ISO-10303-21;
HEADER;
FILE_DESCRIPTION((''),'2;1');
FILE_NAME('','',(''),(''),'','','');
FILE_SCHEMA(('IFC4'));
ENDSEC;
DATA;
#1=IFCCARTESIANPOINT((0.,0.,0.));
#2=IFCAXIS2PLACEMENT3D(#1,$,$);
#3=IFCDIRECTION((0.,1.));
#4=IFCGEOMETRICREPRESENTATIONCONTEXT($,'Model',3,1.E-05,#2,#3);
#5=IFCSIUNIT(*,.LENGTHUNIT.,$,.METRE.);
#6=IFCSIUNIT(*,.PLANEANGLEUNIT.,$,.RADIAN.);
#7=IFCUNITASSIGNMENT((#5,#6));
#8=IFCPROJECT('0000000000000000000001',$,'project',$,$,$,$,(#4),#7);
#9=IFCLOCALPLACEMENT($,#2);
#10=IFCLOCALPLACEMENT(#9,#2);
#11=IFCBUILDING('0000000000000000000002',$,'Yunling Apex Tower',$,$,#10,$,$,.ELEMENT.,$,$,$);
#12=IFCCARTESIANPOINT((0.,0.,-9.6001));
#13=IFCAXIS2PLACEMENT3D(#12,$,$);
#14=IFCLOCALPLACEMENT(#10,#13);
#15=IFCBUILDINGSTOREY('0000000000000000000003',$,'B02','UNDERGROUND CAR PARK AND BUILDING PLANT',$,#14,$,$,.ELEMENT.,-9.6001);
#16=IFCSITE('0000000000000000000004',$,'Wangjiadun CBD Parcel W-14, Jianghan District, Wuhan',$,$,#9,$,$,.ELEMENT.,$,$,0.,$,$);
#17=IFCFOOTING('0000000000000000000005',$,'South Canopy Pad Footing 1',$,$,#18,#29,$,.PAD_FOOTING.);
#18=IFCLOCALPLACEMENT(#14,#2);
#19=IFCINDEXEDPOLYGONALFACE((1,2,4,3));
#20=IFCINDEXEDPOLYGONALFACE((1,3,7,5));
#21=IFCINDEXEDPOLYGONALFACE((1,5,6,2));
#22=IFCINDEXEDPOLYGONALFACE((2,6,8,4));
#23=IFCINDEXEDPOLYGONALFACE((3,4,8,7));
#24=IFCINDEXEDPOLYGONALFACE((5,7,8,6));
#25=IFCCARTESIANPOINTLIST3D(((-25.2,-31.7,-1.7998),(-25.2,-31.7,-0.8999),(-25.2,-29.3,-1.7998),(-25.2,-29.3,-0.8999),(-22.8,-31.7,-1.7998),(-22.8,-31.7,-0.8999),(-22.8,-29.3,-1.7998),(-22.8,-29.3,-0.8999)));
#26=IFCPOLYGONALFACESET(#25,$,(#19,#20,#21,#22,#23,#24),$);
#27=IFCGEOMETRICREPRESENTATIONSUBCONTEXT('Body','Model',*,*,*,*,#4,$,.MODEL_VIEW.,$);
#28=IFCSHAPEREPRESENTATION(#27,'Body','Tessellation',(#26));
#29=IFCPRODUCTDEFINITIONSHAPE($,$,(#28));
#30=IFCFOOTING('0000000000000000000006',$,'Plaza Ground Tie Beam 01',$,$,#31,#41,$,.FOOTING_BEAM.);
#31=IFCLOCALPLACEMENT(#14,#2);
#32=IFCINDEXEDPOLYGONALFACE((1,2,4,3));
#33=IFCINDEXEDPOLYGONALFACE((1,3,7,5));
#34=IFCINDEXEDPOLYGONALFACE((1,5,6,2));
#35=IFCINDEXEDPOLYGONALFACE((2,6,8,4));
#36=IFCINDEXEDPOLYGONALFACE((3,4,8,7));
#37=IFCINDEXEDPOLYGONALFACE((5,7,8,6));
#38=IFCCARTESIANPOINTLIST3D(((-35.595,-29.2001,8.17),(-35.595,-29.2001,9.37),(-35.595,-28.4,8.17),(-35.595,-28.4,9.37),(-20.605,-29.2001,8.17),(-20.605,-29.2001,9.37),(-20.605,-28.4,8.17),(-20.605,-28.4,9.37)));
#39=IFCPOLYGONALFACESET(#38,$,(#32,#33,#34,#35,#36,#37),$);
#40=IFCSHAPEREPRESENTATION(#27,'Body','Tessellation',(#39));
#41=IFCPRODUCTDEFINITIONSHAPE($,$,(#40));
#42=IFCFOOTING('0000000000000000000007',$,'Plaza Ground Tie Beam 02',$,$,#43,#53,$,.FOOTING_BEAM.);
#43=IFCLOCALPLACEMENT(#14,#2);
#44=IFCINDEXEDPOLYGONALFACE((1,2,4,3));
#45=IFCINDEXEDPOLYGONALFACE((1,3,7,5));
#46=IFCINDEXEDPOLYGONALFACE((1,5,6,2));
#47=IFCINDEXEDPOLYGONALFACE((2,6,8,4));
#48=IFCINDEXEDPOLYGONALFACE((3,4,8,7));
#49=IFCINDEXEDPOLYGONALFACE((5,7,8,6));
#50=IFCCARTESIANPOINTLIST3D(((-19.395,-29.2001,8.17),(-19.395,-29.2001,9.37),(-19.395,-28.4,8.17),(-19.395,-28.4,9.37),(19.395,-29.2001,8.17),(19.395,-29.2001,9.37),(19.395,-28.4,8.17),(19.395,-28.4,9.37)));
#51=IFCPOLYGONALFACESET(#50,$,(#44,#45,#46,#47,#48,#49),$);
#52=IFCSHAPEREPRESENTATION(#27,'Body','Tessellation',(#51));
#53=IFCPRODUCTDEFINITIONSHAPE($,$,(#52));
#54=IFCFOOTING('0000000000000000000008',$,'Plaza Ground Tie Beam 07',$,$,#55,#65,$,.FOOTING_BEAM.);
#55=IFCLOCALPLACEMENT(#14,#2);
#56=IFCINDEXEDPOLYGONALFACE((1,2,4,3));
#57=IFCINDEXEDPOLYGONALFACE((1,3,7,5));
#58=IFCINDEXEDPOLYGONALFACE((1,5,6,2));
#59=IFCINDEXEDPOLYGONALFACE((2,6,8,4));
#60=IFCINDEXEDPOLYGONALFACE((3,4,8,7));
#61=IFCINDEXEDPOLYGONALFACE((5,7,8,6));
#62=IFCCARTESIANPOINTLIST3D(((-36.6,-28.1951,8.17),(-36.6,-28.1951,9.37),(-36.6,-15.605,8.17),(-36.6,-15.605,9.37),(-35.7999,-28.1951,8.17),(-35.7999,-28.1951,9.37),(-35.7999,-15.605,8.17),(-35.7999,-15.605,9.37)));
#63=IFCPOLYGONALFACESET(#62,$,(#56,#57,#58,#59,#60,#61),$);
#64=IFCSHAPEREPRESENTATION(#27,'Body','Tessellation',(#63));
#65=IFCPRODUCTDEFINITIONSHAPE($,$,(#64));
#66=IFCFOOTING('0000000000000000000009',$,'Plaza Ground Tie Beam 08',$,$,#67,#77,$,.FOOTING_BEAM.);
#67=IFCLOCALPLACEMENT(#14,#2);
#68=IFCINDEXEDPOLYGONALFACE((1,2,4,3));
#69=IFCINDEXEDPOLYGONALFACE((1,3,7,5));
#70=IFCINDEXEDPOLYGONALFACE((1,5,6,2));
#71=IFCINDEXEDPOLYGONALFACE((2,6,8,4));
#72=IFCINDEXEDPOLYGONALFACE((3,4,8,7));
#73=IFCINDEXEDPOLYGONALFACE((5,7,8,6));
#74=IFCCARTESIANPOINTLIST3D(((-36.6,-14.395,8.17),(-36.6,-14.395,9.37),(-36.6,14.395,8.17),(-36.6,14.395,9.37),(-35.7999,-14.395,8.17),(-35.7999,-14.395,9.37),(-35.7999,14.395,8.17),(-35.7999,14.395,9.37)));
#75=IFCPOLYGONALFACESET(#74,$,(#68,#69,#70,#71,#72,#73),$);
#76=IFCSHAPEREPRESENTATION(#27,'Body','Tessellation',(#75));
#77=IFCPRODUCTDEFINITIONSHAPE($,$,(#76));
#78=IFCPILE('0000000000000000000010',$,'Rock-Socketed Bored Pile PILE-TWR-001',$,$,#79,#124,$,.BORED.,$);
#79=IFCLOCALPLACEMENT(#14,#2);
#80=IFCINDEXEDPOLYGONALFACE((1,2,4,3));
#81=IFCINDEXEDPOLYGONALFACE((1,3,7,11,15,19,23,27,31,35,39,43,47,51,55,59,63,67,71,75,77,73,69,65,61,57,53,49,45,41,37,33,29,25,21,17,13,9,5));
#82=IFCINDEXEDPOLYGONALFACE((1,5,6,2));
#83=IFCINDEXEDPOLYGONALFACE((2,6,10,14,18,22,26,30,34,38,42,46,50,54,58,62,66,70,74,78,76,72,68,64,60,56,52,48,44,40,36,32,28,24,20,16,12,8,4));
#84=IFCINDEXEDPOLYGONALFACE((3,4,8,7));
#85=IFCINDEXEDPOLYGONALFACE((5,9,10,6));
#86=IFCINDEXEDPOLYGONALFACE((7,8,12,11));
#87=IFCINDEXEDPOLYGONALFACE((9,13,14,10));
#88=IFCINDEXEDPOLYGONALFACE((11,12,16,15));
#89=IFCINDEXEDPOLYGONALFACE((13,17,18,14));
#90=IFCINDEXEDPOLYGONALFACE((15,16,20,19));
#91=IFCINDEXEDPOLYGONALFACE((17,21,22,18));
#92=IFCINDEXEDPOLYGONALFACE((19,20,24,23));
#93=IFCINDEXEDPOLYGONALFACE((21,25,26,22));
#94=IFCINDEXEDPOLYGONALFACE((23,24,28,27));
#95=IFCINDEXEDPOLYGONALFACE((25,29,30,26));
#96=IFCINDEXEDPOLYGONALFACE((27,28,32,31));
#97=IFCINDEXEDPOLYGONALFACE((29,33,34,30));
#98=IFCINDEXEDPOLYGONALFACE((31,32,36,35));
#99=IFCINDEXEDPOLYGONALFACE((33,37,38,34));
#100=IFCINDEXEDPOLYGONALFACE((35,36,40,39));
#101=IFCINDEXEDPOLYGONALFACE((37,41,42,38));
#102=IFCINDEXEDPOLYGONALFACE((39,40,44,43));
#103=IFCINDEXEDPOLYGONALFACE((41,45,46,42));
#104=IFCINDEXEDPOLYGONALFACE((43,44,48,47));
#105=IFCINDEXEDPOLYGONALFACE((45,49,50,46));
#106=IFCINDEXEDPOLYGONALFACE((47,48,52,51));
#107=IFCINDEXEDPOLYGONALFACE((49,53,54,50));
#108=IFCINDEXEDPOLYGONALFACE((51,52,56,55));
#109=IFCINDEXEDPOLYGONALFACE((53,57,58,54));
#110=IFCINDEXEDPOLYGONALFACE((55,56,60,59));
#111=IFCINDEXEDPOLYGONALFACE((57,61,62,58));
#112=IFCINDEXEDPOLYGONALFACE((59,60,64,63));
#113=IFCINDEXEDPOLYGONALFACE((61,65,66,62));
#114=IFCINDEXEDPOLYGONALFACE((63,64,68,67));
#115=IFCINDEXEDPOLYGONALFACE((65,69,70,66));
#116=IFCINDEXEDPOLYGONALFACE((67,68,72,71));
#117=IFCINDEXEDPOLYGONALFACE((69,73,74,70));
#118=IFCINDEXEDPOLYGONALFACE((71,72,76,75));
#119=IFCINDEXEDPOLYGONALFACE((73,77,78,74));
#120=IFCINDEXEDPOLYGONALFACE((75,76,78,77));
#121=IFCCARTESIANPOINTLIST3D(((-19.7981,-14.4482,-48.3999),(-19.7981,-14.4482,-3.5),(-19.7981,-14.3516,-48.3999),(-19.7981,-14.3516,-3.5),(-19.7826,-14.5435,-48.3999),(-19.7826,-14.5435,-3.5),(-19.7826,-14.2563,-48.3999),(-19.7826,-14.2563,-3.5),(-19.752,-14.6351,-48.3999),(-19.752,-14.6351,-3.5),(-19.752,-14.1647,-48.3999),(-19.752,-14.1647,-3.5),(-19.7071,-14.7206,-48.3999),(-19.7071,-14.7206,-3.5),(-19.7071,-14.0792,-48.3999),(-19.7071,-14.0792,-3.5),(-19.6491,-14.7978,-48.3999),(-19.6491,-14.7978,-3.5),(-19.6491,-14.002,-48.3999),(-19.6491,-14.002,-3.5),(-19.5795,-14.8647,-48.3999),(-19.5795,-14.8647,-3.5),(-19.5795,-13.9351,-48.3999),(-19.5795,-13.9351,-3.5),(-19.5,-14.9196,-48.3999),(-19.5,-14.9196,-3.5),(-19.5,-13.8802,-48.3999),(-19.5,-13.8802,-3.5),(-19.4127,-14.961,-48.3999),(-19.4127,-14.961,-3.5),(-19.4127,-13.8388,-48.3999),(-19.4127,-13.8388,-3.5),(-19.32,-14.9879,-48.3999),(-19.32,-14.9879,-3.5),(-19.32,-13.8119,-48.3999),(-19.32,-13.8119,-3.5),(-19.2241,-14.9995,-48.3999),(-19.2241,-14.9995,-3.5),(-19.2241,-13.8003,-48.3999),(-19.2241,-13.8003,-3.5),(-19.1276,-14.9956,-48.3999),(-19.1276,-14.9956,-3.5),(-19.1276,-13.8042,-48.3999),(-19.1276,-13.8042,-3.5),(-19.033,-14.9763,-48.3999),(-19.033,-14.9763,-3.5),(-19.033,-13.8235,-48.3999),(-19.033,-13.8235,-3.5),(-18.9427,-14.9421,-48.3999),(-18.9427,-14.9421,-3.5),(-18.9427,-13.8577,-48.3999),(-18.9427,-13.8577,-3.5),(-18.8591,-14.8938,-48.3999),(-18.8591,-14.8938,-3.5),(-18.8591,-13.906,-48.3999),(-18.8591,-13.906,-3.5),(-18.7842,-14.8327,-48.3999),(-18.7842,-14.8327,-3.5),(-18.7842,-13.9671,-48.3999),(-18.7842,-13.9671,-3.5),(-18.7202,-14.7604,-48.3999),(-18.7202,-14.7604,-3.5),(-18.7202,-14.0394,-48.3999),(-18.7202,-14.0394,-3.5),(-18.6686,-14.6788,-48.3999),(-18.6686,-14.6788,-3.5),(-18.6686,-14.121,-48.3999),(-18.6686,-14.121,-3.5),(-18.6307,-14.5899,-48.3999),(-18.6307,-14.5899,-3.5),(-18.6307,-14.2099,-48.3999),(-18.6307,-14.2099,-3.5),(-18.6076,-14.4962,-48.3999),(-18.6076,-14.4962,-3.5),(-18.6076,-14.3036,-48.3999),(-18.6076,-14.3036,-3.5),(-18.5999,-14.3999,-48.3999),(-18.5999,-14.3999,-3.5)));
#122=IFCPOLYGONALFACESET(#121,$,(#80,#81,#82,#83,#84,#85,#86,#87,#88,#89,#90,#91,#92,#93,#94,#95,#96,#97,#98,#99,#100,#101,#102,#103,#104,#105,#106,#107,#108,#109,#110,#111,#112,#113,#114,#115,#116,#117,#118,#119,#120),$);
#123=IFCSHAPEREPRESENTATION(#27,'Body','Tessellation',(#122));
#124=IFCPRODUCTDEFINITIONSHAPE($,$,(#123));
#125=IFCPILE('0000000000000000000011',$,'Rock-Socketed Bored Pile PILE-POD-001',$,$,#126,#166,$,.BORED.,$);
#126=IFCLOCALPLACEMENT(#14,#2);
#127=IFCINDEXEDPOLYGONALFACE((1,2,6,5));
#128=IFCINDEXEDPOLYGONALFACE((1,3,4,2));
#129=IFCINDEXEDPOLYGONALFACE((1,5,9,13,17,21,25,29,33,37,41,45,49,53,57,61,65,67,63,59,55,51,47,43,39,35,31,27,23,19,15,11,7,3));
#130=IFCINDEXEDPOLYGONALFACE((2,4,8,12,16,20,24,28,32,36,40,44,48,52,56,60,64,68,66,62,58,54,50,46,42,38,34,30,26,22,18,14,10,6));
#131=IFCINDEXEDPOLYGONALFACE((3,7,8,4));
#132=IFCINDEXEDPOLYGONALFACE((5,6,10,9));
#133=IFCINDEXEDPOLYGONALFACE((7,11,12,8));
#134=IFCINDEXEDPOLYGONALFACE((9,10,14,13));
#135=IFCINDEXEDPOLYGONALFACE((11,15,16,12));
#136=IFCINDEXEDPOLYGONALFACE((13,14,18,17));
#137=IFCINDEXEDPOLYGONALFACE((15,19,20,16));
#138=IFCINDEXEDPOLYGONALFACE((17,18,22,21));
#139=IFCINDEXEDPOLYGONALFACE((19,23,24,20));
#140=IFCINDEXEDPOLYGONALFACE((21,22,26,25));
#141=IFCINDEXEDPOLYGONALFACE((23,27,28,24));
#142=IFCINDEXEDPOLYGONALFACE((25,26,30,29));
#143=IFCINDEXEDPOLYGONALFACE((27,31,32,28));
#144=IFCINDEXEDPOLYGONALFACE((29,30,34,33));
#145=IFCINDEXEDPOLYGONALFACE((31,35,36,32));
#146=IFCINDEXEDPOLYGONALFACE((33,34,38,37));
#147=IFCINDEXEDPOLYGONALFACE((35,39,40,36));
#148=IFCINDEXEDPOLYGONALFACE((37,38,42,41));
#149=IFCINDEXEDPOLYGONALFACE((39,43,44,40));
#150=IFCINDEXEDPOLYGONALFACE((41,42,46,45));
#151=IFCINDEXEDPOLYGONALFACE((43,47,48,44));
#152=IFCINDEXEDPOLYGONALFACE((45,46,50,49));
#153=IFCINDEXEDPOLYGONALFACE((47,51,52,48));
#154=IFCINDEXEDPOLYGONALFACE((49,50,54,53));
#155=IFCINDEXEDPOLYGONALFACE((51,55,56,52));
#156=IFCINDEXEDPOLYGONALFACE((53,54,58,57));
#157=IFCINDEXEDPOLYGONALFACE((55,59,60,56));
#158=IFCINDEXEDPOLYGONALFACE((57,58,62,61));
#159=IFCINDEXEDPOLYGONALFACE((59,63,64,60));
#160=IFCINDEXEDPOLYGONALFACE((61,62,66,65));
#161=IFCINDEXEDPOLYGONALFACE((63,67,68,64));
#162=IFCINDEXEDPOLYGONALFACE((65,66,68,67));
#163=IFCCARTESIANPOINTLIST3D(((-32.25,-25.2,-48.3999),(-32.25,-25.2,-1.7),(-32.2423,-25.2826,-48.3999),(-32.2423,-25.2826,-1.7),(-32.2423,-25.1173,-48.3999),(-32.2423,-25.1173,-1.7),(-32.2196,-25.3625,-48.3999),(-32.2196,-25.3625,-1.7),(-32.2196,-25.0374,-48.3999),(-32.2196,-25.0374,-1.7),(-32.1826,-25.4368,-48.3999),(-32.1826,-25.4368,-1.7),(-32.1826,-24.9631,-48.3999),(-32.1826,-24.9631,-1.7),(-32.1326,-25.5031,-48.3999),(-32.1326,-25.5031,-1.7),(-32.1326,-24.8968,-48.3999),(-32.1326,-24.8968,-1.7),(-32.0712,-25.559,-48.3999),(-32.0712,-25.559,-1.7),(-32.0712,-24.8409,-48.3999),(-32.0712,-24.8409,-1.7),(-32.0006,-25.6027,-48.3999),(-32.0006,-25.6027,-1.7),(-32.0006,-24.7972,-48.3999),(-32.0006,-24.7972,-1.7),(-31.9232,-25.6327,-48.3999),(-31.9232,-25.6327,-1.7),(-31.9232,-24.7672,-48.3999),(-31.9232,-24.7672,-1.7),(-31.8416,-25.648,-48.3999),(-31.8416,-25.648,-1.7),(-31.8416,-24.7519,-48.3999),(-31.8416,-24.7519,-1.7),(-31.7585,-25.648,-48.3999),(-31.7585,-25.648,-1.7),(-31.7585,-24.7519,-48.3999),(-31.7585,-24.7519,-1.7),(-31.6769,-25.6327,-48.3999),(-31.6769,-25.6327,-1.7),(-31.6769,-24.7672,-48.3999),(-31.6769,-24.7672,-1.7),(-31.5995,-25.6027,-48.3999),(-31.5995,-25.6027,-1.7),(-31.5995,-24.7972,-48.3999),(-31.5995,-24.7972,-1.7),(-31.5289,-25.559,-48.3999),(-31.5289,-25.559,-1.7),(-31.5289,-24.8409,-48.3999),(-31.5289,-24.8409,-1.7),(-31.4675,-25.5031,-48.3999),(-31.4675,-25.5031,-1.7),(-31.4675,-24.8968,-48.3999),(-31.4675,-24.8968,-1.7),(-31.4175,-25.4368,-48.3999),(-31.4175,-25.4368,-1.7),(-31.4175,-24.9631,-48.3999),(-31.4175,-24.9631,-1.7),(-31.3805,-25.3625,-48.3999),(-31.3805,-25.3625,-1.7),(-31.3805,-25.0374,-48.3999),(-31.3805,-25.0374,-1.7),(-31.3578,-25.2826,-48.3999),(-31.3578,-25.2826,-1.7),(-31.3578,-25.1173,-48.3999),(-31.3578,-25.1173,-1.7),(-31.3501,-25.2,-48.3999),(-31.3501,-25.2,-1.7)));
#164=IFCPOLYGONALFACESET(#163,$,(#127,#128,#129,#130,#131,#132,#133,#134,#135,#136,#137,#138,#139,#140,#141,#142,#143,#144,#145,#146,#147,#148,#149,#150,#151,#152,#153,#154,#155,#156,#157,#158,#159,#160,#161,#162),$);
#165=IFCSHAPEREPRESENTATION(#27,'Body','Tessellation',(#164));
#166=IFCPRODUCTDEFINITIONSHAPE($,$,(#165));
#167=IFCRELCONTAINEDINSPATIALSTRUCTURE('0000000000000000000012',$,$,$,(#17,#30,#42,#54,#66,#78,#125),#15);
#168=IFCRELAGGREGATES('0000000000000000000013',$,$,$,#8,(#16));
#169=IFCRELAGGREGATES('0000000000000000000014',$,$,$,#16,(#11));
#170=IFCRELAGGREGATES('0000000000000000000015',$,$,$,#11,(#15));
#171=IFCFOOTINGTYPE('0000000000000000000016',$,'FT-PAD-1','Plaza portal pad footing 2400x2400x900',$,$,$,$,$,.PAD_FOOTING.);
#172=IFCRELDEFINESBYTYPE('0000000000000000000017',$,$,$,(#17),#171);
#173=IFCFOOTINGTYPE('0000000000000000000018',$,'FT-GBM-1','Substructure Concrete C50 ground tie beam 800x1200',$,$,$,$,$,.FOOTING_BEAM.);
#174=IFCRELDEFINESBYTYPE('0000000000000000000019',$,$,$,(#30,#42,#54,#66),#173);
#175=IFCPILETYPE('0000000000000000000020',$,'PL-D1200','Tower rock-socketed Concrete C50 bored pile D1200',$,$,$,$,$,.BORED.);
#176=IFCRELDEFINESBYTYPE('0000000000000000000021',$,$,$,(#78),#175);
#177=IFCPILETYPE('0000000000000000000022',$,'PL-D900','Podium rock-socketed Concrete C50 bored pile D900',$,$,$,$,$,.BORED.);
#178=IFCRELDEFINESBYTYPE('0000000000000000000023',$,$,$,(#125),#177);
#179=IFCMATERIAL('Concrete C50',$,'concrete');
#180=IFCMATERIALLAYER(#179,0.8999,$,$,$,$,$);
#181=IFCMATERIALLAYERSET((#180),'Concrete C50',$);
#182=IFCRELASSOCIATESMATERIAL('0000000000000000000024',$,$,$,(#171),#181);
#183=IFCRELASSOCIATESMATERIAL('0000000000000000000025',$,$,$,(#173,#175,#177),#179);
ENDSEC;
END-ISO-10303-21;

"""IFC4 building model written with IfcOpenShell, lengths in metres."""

from ifc_helpers import new_model, si_unit, direction, frame, origin, origin_2d, place, context, subcontext, project, spatial, rectangle, circle, extrude, source, transform, mapped, material, layer, layer_set, material_profile, profile_set, type_object, element, save


model = new_model("IFC4")

# Units and contexts
model_context = context("Model", 3, precision=1e-05, world=origin(), true_north=direction((0.0, 1.0)))
body_context = subcontext(model_context, "Body", "Model", "MODEL_VIEW")
ifc_project = project(units=[si_unit("LENGTHUNIT", "METRE"), si_unit("PLANEANGLEUNIT", "RADIAN")], contexts=[model_context])

# Site, building, storey
site_placement = place(None, origin())
site = spatial("IfcSite", under=ifc_project, at=site_placement, Name="Wangjiadun CBD Parcel W-14, Jianghan District, Wuhan", CompositionType="ELEMENT", RefElevation=0.0)
building_placement = place(site_placement, origin())
building = spatial("IfcBuilding", under=site, at=building_placement, Name="Yunling Apex Tower", CompositionType="ELEMENT")
storey_placement = place(building_placement, frame((0.0, 0.0, -9.6001)))
storey = spatial("IfcBuildingStorey", under=building, at=storey_placement, Name="B02", Description="UNDERGROUND CAR PARK AND BUILDING PLANT", CompositionType="ELEMENT", Elevation=-9.6001)

# Footings
ifc_material_1 = material(Name="Concrete C50", Category="concrete")
ifc_layer_1 = layer(ifc_material_1, 0.8999)
ifc_layer_set_1 = layer_set([ifc_layer_1], Name="Concrete C50")
footing_type_1 = type_object("IfcFootingType", Name="FT-PAD-1", Description="Plaza portal pad footing 2400x2400x900", PredefinedType="PAD_FOOTING", material=ifc_layer_set_1)
shared_shape_1 = source(origin(), body_context, "Body", "SweptSolid", [
    extrude(rectangle(XDim=2.3999, YDim=2.3999, at=origin_2d()), origin(), (0.0, 0.0, 1.0), 0.8999),
])
footing_1_placement = place(storey_placement, frame((-24.0, -30.5, -1.7998), z_axis=(0.0, 0.0, 1.0), x_axis=(1.0, 0.0, 0.0)))
element("IfcFooting", 1, at=footing_1_placement, inside=storey, type_object=footing_type_1, Name="South Canopy Pad Footing 1", PredefinedType="PAD_FOOTING", context=body_context, shape_type="MappedRepresentation", body=[
    mapped(shared_shape_1, transform((0.0, 0.0, 0.0), scale=1.0)),
])
ifc_material_profile_1 = material_profile(ifc_material_1, rectangle(XDim=0.8, YDim=1.2, at=origin_2d()))
ifc_profile_set_1 = profile_set([ifc_material_profile_1], Name="Concrete C50")
footing_type_2 = type_object("IfcFootingType", Name="FT-GBM-1", Description="Substructure Concrete C50 ground tie beam 800x1200", PredefinedType="FOOTING_BEAM", material=ifc_profile_set_1)
shared_shape_2 = source(origin(), body_context, "Body", "SweptSolid", [
    extrude(rectangle(XDim=0.8, YDim=1.2, at=origin_2d()), origin(), (0.0, 0.0, 1.0), 14.99),
])
footing_2_placement = place(storey_placement, frame((-35.595, -28.8, 8.77), z_axis=(1.0, 0.0, 0.0), x_axis=(0.0, 1.0, 0.0)))
element("IfcFooting", 2, at=footing_2_placement, inside=storey, type_object=footing_type_2, Name="Plaza Ground Tie Beam 01", PredefinedType="FOOTING_BEAM", context=body_context, shape_type="MappedRepresentation", body=[
    mapped(shared_shape_2, transform((0.0, 0.0, 0.0), scale=1.0)),
])
shared_shape_3 = source(origin(), body_context, "Body", "SweptSolid", [
    extrude(rectangle(XDim=0.8, YDim=1.2, at=origin_2d()), origin(), (0.0, 0.0, 1.0), 38.79),
])
footing_3_placement = place(storey_placement, frame((-19.395, -28.8, 8.77), z_axis=(1.0, 0.0, 0.0), x_axis=(0.0, 1.0, 0.0)))
element("IfcFooting", 3, at=footing_3_placement, inside=storey, type_object=footing_type_2, Name="Plaza Ground Tie Beam 02", PredefinedType="FOOTING_BEAM", context=body_context, shape_type="MappedRepresentation", body=[
    mapped(shared_shape_3, transform((0.0, 0.0, 0.0), scale=1.0)),
])
shared_shape_4 = source(origin(), body_context, "Body", "SweptSolid", [
    extrude(rectangle(XDim=0.8, YDim=1.2, at=origin_2d()), origin(), (0.0, 0.0, 1.0), 12.5901),
])
footing_4_placement = place(storey_placement, frame((-36.2, -28.1951, 8.77), z_axis=(0.0, 1.0, 0.0), x_axis=(-1.0, 0.0, 0.0)))
element("IfcFooting", 4, at=footing_4_placement, inside=storey, type_object=footing_type_2, Name="Plaza Ground Tie Beam 07", PredefinedType="FOOTING_BEAM", context=body_context, shape_type="MappedRepresentation", body=[
    mapped(shared_shape_4, transform((0.0, 0.0, 0.0), scale=1.0)),
])
shared_shape_5 = source(origin(), body_context, "Body", "SweptSolid", [
    extrude(rectangle(XDim=0.8, YDim=1.2, at=origin_2d()), origin(), (0.0, 0.0, 1.0), 28.79),
])
footing_5_placement = place(storey_placement, frame((-36.2, -14.395, 8.77), z_axis=(0.0, 1.0, 0.0), x_axis=(-1.0, 0.0, 0.0)))
element("IfcFooting", 5, at=footing_5_placement, inside=storey, type_object=footing_type_2, Name="Plaza Ground Tie Beam 08", PredefinedType="FOOTING_BEAM", context=body_context, shape_type="MappedRepresentation", body=[
    mapped(shared_shape_5, transform((0.0, 0.0, 0.0), scale=1.0)),
])

# Piles
ifc_material_profile_2 = material_profile(ifc_material_1, circle(Radius=0.6001, at=origin_2d()))
ifc_profile_set_2 = profile_set([ifc_material_profile_2], Name="Concrete C50")
pile_type_1 = type_object("IfcPileType", Name="PL-D1200", Description="Tower rock-socketed Concrete C50 bored pile D1200", PredefinedType="BORED", material=ifc_profile_set_2)
shared_shape_6 = source(origin(), body_context, "Body", "SweptSolid", [
    extrude(circle(Radius=0.6001, at=origin_2d()), origin(), (0.0, 0.0, 1.0), 44.8999),
])
pile_placement = place(storey_placement, frame((-19.2, -14.3999, -3.5), z_axis=(0.0, 0.0, -1.0), x_axis=(1.0, 0.0, 0.0)))
element("IfcPile", 6, at=pile_placement, inside=storey, type_object=pile_type_1, Name="Rock-Socketed Bored Pile PILE-TWR-001", PredefinedType="BORED", context=body_context, shape_type="MappedRepresentation", body=[
    mapped(shared_shape_6, transform((0.0, 0.0, 0.0), scale=1.0)),
])
ifc_material_profile_3 = material_profile(ifc_material_1, circle(Radius=0.45, at=origin_2d()))
ifc_profile_set_3 = profile_set([ifc_material_profile_3], Name="Concrete C50")
pile_type_2 = type_object("IfcPileType", Name="PL-D900", Description="Podium rock-socketed Concrete C50 bored pile D900", PredefinedType="BORED", material=ifc_profile_set_3)
shared_shape_7 = source(origin(), body_context, "Body", "SweptSolid", [
    extrude(circle(Radius=0.45, at=origin_2d()), origin(), (0.0, 0.0, 1.0), 46.7),
])
for number, where, z_axis, x_axis, name in (
    (7, (-31.8, -25.2, -1.7), (0.0, 0.0, -1.0), (1.0, 0.0, 0.0), "Rock-Socketed Bored Pile PILE-POD-001"),
):
    element("IfcPile", number, at=place(storey_placement, frame(where, z_axis=z_axis, x_axis=x_axis)), inside=storey, type_object=pile_type_2, Name=name, PredefinedType="BORED", context=body_context, shape_type="MappedRepresentation", body=[
        mapped(shared_shape_7, transform((0.0, 0.0, 0.0), scale=1.0)),
    ])

save(model, "model.ifc")
